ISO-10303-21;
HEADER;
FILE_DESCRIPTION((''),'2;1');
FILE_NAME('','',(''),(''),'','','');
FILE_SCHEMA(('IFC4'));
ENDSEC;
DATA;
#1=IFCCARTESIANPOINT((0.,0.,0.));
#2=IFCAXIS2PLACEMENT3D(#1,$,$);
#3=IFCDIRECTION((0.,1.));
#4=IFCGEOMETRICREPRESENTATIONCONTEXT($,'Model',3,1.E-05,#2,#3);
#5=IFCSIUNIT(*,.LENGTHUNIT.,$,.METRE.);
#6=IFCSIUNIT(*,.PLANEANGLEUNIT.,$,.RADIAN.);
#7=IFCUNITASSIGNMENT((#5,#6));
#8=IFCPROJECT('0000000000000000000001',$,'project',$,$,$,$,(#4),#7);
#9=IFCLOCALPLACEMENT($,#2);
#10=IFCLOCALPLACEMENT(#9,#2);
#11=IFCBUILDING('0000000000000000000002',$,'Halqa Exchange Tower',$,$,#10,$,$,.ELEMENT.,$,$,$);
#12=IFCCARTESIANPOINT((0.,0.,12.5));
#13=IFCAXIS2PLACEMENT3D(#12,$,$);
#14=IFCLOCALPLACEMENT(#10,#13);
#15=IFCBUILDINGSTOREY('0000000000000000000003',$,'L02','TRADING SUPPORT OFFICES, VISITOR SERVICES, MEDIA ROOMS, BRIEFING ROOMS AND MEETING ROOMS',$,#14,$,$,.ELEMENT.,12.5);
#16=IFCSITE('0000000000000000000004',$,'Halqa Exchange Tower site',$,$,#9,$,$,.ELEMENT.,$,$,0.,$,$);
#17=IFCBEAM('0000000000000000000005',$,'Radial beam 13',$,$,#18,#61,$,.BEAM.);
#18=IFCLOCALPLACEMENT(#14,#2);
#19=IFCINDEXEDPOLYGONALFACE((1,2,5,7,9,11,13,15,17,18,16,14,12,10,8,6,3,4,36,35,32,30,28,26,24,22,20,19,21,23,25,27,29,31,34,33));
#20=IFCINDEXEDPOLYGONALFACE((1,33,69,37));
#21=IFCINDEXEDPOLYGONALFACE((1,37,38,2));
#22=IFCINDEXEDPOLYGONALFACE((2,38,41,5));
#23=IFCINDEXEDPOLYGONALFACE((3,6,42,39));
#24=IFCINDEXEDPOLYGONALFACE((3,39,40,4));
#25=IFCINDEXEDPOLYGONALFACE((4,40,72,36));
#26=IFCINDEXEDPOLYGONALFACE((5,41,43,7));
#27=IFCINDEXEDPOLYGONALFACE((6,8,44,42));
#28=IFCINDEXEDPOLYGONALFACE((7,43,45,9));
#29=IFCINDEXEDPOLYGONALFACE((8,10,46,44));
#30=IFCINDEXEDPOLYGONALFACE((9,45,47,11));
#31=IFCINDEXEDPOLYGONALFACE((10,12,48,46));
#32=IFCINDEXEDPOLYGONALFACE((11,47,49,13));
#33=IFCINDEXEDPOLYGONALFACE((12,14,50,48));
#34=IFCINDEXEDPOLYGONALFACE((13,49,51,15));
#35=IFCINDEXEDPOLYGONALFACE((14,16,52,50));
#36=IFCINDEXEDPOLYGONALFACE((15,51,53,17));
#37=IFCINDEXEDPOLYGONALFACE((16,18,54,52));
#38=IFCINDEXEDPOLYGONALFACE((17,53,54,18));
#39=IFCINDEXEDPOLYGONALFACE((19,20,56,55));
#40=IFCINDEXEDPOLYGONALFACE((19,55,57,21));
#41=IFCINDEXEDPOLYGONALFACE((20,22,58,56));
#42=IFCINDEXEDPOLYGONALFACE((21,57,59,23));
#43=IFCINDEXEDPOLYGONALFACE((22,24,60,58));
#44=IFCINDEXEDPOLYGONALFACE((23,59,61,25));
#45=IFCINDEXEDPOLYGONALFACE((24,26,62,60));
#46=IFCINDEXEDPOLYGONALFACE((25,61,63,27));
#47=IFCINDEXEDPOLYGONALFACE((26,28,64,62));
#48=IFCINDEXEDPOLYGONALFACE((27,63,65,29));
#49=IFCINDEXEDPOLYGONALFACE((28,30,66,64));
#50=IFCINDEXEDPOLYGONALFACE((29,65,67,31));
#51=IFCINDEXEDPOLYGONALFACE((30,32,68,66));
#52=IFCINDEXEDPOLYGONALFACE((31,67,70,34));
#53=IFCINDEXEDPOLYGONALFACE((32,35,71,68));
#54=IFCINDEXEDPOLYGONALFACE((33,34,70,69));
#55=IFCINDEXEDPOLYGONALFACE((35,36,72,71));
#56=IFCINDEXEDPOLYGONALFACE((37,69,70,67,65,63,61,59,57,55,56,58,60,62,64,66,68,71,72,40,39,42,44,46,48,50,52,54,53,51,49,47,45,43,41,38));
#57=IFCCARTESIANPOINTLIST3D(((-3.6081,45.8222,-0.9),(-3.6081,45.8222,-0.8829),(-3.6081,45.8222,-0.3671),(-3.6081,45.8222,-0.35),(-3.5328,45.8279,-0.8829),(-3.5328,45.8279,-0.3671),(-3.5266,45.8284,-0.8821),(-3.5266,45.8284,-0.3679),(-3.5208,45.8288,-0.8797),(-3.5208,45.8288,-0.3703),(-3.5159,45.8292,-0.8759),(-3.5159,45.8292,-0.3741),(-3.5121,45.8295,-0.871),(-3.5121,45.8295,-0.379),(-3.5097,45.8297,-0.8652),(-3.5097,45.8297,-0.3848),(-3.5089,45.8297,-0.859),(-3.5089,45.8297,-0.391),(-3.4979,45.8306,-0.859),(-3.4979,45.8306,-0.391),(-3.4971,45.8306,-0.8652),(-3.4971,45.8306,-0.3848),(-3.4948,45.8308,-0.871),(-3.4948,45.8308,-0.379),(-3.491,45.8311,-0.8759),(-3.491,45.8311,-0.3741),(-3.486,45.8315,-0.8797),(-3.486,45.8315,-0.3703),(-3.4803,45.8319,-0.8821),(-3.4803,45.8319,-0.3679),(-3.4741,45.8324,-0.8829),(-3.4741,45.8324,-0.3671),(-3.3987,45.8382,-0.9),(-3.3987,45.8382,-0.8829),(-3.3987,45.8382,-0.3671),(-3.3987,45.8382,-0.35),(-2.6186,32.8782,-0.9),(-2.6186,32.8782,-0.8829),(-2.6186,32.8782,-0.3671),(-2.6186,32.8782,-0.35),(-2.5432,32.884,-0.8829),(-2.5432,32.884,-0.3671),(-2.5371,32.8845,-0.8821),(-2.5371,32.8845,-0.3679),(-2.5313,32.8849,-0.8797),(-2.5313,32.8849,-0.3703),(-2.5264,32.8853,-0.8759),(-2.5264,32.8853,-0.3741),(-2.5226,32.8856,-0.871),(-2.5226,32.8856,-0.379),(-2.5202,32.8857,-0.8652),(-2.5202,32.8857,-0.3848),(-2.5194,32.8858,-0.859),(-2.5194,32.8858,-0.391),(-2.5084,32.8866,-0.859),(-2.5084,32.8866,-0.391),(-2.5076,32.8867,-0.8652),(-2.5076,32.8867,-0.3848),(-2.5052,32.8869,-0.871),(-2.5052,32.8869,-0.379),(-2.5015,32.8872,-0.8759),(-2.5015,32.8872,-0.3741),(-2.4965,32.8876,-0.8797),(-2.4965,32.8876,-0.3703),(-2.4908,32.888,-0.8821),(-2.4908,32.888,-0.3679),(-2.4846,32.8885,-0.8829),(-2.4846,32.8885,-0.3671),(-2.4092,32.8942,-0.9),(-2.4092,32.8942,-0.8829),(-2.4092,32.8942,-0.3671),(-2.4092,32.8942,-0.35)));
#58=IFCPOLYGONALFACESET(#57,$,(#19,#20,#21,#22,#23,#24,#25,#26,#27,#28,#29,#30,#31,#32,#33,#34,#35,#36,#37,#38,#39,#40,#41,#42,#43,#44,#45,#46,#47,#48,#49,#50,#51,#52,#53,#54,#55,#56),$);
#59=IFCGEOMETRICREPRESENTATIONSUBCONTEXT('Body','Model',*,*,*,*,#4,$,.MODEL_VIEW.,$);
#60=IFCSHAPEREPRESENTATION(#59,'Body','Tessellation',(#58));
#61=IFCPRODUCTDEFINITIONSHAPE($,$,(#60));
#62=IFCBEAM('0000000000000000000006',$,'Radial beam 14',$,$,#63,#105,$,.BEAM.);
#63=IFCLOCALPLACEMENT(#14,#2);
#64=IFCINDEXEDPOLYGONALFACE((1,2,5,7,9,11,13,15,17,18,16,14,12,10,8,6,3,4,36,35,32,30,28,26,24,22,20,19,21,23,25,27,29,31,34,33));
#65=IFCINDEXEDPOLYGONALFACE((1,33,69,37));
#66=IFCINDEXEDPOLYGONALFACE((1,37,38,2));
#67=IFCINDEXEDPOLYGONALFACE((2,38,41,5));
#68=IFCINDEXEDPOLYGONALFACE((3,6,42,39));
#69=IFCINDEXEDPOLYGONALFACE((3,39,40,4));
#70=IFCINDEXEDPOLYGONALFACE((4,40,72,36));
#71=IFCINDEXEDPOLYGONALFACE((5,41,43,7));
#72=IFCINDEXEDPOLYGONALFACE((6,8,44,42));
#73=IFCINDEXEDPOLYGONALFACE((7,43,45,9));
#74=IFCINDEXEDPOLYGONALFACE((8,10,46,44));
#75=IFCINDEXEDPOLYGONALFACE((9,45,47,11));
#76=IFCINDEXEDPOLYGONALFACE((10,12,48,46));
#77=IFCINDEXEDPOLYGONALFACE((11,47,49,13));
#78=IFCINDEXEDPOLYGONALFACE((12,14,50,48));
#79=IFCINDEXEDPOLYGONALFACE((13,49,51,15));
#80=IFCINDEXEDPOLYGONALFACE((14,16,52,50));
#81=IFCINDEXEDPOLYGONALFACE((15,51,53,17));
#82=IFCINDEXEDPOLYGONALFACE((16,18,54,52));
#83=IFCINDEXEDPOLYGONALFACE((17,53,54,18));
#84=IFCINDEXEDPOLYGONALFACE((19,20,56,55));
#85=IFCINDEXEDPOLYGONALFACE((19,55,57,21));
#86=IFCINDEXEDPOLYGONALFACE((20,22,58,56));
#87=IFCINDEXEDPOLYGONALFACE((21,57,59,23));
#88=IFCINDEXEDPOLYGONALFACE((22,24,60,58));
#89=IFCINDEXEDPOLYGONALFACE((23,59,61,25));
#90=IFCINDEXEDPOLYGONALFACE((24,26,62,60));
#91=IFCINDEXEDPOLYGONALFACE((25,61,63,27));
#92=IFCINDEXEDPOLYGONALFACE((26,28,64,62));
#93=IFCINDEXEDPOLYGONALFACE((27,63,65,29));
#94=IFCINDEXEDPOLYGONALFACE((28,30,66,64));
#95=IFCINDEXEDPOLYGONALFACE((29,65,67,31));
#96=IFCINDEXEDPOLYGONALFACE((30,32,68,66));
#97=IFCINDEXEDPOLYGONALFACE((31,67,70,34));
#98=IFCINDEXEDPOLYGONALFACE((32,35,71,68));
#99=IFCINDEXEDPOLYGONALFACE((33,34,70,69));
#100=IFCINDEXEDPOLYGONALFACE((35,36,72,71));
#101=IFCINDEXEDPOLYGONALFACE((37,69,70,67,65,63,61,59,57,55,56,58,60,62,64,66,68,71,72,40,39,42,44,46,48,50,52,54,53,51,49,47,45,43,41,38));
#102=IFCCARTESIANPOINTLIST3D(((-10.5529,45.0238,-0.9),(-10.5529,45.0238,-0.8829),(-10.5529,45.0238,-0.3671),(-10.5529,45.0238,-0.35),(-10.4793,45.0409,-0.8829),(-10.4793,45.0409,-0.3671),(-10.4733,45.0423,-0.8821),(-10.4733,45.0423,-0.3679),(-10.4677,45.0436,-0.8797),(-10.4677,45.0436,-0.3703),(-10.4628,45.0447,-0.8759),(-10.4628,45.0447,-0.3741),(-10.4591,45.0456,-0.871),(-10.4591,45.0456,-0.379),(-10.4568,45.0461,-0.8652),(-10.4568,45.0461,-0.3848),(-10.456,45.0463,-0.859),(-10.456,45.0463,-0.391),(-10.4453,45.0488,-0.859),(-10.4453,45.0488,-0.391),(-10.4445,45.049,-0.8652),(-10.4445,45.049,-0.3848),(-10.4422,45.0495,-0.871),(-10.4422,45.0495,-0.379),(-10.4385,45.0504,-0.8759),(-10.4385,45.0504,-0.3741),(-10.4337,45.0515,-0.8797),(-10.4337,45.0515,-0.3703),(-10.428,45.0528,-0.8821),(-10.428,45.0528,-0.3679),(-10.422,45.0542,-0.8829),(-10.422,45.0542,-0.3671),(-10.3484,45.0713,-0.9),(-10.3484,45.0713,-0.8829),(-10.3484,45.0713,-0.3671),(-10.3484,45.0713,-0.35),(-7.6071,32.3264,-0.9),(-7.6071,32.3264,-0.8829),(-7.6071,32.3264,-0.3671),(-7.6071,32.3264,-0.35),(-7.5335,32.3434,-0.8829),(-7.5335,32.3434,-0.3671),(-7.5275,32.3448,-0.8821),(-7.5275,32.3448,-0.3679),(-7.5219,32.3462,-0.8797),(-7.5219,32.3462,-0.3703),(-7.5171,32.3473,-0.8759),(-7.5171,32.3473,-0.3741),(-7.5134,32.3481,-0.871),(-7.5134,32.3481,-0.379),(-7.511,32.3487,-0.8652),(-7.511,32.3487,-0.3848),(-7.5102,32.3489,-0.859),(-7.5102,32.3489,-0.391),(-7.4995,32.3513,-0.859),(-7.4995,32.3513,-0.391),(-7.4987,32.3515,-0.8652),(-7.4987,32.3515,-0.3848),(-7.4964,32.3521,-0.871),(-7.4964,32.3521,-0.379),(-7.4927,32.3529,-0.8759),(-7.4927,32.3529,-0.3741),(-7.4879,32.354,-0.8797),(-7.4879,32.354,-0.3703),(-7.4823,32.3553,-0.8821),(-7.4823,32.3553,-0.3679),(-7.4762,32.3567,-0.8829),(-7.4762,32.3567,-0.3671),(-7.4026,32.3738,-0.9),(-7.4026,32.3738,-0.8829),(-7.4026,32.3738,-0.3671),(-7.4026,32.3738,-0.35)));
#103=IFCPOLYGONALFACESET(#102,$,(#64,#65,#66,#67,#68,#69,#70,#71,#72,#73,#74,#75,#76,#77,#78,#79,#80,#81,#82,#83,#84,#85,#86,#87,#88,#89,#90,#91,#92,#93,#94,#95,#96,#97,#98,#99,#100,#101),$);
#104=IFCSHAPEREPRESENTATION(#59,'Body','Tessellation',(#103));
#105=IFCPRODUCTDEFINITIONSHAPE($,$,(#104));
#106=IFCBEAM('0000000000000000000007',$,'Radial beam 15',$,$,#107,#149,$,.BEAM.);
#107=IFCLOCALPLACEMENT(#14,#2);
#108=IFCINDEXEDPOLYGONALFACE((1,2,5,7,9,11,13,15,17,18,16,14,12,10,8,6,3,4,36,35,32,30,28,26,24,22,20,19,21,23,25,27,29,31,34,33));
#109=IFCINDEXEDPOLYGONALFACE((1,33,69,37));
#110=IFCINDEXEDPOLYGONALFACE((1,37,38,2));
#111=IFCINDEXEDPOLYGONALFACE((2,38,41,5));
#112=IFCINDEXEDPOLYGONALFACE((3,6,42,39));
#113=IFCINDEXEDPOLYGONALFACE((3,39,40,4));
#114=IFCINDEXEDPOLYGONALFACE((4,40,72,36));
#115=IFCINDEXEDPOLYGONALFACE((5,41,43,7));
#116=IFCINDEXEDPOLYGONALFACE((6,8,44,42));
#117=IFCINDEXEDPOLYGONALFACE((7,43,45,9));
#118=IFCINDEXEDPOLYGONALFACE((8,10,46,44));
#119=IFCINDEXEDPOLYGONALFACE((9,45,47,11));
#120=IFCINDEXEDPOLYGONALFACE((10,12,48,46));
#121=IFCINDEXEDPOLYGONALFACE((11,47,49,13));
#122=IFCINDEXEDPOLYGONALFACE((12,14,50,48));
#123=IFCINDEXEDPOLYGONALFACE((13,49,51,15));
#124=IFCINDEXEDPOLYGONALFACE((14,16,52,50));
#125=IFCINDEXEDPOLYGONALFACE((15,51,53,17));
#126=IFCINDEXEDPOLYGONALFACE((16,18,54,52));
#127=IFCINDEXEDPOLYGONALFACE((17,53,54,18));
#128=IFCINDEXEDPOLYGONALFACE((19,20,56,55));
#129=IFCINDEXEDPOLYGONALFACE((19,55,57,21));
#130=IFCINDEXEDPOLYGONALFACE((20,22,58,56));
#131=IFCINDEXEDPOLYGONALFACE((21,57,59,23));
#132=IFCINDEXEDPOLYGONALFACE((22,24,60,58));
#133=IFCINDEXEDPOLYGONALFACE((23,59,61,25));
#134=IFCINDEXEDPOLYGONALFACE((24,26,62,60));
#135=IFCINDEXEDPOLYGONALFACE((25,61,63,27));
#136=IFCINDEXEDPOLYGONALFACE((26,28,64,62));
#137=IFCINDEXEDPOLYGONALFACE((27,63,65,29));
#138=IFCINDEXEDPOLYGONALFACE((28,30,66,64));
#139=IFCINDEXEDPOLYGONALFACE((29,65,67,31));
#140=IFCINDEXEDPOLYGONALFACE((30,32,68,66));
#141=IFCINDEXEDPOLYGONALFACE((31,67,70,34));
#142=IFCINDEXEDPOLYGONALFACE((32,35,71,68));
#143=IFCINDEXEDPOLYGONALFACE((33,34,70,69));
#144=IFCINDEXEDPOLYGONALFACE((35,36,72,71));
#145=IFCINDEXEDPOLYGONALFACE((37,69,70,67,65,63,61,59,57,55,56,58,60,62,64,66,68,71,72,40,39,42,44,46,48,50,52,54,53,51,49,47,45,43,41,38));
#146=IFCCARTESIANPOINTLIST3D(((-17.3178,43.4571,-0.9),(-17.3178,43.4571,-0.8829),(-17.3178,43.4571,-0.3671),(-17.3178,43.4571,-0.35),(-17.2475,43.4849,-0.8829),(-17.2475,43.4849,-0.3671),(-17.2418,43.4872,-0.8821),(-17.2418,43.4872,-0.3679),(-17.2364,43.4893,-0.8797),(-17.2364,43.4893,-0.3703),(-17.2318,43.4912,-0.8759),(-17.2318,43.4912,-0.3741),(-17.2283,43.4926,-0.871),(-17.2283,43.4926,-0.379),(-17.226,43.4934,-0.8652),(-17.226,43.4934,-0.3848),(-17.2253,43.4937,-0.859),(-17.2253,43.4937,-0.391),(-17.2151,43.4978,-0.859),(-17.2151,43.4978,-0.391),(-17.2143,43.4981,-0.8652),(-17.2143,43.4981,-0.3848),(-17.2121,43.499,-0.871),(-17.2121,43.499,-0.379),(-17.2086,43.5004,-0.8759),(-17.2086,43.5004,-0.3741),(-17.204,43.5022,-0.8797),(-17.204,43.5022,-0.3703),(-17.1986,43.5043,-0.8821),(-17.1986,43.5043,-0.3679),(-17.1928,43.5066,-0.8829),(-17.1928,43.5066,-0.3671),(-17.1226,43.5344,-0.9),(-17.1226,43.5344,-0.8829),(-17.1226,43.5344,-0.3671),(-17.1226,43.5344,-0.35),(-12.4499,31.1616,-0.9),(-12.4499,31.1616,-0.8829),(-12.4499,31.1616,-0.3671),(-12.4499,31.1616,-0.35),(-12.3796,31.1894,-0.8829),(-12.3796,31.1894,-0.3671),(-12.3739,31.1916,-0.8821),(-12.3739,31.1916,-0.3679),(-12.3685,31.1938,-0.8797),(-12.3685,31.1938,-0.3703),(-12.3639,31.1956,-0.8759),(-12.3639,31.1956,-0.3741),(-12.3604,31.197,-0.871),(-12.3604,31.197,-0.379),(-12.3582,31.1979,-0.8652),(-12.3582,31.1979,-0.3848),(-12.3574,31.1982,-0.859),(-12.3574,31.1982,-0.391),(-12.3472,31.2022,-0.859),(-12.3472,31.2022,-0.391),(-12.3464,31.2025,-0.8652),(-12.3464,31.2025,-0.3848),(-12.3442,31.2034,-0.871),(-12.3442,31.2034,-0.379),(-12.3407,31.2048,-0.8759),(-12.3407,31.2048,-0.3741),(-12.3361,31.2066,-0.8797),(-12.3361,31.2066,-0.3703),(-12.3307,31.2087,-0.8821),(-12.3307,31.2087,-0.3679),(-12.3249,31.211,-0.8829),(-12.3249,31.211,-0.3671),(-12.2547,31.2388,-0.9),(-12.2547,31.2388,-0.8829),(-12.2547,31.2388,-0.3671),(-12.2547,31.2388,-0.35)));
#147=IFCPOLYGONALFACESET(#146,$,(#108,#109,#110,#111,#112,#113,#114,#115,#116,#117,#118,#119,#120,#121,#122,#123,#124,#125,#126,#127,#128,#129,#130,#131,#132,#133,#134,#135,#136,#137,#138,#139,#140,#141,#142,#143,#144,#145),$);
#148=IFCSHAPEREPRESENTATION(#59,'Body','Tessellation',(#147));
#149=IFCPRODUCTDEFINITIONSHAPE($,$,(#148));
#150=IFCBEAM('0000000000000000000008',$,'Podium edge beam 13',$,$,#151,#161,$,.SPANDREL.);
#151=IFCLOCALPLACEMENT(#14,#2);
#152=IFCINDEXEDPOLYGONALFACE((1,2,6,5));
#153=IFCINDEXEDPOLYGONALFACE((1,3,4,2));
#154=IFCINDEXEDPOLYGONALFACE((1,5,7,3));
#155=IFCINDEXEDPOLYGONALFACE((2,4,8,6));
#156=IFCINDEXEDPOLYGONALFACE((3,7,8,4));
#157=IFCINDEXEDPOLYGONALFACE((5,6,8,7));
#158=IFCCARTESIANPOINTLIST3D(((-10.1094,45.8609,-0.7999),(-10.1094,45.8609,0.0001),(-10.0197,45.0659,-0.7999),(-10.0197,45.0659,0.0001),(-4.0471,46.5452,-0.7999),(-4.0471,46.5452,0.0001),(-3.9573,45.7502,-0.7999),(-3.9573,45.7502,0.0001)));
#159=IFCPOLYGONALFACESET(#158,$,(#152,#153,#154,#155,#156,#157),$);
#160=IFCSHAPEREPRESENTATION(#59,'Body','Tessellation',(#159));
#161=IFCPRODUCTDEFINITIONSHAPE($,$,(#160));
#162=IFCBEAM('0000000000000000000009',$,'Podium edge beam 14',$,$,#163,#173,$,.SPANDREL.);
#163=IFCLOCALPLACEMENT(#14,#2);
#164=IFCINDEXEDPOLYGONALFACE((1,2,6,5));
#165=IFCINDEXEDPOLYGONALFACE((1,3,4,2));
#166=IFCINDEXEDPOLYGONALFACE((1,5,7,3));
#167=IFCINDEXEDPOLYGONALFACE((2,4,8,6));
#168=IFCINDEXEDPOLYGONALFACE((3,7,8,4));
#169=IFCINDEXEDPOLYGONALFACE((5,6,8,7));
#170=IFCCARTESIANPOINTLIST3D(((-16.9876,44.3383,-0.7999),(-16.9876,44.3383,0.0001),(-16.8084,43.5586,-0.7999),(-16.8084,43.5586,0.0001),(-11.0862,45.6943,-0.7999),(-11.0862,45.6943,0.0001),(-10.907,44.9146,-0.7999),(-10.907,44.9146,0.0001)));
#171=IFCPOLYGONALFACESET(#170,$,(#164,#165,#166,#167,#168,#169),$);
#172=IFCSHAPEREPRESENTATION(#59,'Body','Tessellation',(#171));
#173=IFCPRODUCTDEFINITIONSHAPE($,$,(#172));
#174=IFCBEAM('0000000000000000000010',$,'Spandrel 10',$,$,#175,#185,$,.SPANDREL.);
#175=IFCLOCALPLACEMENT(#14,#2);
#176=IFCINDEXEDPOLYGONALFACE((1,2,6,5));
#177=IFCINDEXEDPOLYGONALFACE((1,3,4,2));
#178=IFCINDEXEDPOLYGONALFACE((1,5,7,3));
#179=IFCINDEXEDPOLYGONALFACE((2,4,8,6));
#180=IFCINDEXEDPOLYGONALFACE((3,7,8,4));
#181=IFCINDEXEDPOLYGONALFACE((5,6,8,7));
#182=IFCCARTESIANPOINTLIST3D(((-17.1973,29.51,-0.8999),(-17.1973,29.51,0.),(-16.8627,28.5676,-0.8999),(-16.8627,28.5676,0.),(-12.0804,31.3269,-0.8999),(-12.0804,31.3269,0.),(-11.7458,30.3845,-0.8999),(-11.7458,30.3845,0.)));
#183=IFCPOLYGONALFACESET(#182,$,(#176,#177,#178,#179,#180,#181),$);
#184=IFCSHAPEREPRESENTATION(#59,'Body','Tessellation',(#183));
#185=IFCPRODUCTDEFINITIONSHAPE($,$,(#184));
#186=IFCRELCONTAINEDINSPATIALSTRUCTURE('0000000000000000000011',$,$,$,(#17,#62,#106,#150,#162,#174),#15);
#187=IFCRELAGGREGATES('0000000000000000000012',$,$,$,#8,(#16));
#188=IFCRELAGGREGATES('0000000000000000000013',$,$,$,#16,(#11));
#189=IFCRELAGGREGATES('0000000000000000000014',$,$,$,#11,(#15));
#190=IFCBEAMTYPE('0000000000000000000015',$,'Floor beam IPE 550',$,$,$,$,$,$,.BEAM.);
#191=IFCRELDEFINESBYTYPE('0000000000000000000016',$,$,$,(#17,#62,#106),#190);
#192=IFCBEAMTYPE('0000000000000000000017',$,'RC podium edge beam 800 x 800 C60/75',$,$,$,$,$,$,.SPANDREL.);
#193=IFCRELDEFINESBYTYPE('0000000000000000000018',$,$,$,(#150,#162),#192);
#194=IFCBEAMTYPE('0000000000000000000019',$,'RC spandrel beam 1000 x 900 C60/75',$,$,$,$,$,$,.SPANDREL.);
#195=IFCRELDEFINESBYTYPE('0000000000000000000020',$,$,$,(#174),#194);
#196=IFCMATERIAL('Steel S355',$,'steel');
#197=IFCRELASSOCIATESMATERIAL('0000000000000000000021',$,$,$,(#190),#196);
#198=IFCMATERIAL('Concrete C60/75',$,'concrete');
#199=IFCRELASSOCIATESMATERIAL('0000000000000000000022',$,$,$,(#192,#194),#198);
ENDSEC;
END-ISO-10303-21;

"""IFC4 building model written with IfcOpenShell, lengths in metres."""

from ifc_helpers import new_model, si_unit, direction, frame, origin, origin_2d, place, context, subcontext, project, spatial, rectangle, i_section, extrude, material, material_profile, profile_set, type_object, element, save


model = new_model("IFC4")

# Units and contexts
model_context = context("Model", 3, precision=1e-05, world=origin(), true_north=direction((0.0, 1.0)))
body_context = subcontext(model_context, "Body", "Model", "MODEL_VIEW")
ifc_project = project(units=[si_unit("LENGTHUNIT", "METRE"), si_unit("PLANEANGLEUNIT", "RADIAN")], contexts=[model_context])

# Site, building, storey
site_placement = place(None, origin())
site = spatial("IfcSite", under=ifc_project, at=site_placement, Name="Halqa Exchange Tower site", CompositionType="ELEMENT", RefElevation=0.0)
building_placement = place(site_placement, origin())
building = spatial("IfcBuilding", under=site, at=building_placement, Name="Halqa Exchange Tower", CompositionType="ELEMENT")
storey_placement = place(building_placement, frame((0.0, 0.0, 12.5)))
storey = spatial("IfcBuildingStorey", under=building, at=storey_placement, Name="L02", Description="TRADING SUPPORT OFFICES, VISITOR SERVICES, MEDIA ROOMS, BRIEFING ROOMS AND MEETING ROOMS", CompositionType="ELEMENT", Elevation=12.5)

# Shared definitions
ifc_material_1 = material(Name="Concrete C60/75", Category="concrete")

# Beams
ifc_material_2 = material(Name="Steel S355", Category="steel")
ifc_material_profile_1 = material_profile(ifc_material_2, i_section(OverallWidth=0.21, OverallDepth=0.55, WebThickness=0.011, FlangeThickness=0.0171, FilletRadius=0.0239, at=origin_2d()), Name="IPE 550")
ifc_profile_set_1 = profile_set([ifc_material_profile_1], Name="Steel S355")
beam_type_1 = type_object("IfcBeamType", Name="Floor beam IPE 550", PredefinedType="BEAM", material=ifc_profile_set_1)
beam_1_placement = place(storey_placement, frame((-2.5139, 32.8862, -0.625), z_axis=(-0.076223, 0.997091, 0.0), x_axis=(-0.997091, -0.076223, 0.0)))
element("IfcBeam", 1, at=beam_1_placement, inside=storey, type_object=beam_type_1, Name="Radial beam 13", PredefinedType="BEAM", context=body_context, shape_type="SweptSolid", body=[
    extrude(i_section(OverallWidth=0.21, OverallDepth=0.55, WebThickness=0.011, FlangeThickness=0.0171, FilletRadius=0.0239, at=origin_2d()), origin(), (0.0, 0.0, 1.0), 12.9817),
])
beam_2_placement = place(storey_placement, frame((-7.5049, 32.3501, -0.625), z_axis=(-0.225996, 0.974128, 0.0), x_axis=(-0.974128, -0.225996, 0.0)))
element("IfcBeam", 2, at=beam_2_placement, inside=storey, type_object=beam_type_1, Name="Radial beam 14", PredefinedType="BEAM", context=body_context, shape_type="SweptSolid", body=[
    extrude(i_section(OverallWidth=0.21, OverallDepth=0.55, WebThickness=0.011, FlangeThickness=0.0171, FilletRadius=0.0239, at=origin_2d()), origin(), (0.0, 0.0, 1.0), 13.0347),
])
beam_3_placement = place(storey_placement, frame((-12.3523, 31.2002, -0.625), z_axis=(-0.368107, 0.929784, 0.0), x_axis=(-0.929784, -0.368107, 0.0)))
element("IfcBeam", 3, at=beam_3_placement, inside=storey, type_object=beam_type_1, Name="Radial beam 15", PredefinedType="BEAM", context=body_context, shape_type="SweptSolid", body=[
    extrude(i_section(OverallWidth=0.21, OverallDepth=0.55, WebThickness=0.011, FlangeThickness=0.0171, FilletRadius=0.0239, at=origin_2d()), origin(), (0.0, 0.0, 1.0), 13.2241),
])
ifc_material_profile_2 = material_profile(ifc_material_1, rectangle(XDim=0.8, YDim=0.8, at=origin_2d()), Name="800 x 800")
ifc_profile_set_2 = profile_set([ifc_material_profile_2], Name="Concrete C60/75")
beam_type_2 = type_object("IfcBeamType", Name="RC podium edge beam 800 x 800 C60/75", PredefinedType="SPANDREL", material=ifc_profile_set_2)
beam_4_placement = place(storey_placement, frame((-4.0022, 46.1477, -0.3999), z_axis=(-0.993689, -0.112171, 0.0), x_axis=(0.112171, -0.993689, 0.0)))
element("IfcBeam", 4, at=beam_4_placement, inside=storey, type_object=beam_type_2, Name="Podium edge beam 13", PredefinedType="SPANDREL", context=body_context, shape_type="SweptSolid", body=[
    extrude(rectangle(XDim=0.8, YDim=0.8, at=origin_2d()), origin(), (0.0, 0.0, 1.0), 6.1008),
])
beam_5_placement = place(storey_placement, frame((-10.9966, 45.3044, -0.3999), z_axis=(-0.974604, -0.223935, 0.0), x_axis=(0.223935, -0.974604, 0.0)))
element("IfcBeam", 5, at=beam_5_placement, inside=storey, type_object=beam_type_2, Name="Podium edge beam 14", PredefinedType="SPANDREL", context=body_context, shape_type="SweptSolid", body=[
    extrude(rectangle(XDim=0.8, YDim=0.8, at=origin_2d()), origin(), (0.0, 0.0, 1.0), 6.0552),
])
ifc_material_profile_3 = material_profile(ifc_material_1, rectangle(XDim=1.0, YDim=0.8999, at=origin_2d()), Name="1000 x 900")
ifc_profile_set_3 = profile_set([ifc_material_profile_3], Name="Concrete C60/75")
beam_type_3 = type_object("IfcBeamType", Name="RC spandrel beam 1000 x 900 C60/75", PredefinedType="SPANDREL", material=ifc_profile_set_3)
beam_6_placement = place(storey_placement, frame((-11.9131, 30.8557, -0.45), z_axis=(-0.942358, -0.334607, 0.0), x_axis=(0.334607, -0.942358, 0.0)))
element("IfcBeam", 6, at=beam_6_placement, inside=storey, type_object=beam_type_3, Name="Spandrel 10", PredefinedType="SPANDREL", context=body_context, shape_type="SweptSolid", body=[
    extrude(rectangle(XDim=1.0, YDim=0.8999, at=origin_2d()), origin(), (0.0, 0.0, 1.0), 5.4299),
])

save(model, "model.ifc")
